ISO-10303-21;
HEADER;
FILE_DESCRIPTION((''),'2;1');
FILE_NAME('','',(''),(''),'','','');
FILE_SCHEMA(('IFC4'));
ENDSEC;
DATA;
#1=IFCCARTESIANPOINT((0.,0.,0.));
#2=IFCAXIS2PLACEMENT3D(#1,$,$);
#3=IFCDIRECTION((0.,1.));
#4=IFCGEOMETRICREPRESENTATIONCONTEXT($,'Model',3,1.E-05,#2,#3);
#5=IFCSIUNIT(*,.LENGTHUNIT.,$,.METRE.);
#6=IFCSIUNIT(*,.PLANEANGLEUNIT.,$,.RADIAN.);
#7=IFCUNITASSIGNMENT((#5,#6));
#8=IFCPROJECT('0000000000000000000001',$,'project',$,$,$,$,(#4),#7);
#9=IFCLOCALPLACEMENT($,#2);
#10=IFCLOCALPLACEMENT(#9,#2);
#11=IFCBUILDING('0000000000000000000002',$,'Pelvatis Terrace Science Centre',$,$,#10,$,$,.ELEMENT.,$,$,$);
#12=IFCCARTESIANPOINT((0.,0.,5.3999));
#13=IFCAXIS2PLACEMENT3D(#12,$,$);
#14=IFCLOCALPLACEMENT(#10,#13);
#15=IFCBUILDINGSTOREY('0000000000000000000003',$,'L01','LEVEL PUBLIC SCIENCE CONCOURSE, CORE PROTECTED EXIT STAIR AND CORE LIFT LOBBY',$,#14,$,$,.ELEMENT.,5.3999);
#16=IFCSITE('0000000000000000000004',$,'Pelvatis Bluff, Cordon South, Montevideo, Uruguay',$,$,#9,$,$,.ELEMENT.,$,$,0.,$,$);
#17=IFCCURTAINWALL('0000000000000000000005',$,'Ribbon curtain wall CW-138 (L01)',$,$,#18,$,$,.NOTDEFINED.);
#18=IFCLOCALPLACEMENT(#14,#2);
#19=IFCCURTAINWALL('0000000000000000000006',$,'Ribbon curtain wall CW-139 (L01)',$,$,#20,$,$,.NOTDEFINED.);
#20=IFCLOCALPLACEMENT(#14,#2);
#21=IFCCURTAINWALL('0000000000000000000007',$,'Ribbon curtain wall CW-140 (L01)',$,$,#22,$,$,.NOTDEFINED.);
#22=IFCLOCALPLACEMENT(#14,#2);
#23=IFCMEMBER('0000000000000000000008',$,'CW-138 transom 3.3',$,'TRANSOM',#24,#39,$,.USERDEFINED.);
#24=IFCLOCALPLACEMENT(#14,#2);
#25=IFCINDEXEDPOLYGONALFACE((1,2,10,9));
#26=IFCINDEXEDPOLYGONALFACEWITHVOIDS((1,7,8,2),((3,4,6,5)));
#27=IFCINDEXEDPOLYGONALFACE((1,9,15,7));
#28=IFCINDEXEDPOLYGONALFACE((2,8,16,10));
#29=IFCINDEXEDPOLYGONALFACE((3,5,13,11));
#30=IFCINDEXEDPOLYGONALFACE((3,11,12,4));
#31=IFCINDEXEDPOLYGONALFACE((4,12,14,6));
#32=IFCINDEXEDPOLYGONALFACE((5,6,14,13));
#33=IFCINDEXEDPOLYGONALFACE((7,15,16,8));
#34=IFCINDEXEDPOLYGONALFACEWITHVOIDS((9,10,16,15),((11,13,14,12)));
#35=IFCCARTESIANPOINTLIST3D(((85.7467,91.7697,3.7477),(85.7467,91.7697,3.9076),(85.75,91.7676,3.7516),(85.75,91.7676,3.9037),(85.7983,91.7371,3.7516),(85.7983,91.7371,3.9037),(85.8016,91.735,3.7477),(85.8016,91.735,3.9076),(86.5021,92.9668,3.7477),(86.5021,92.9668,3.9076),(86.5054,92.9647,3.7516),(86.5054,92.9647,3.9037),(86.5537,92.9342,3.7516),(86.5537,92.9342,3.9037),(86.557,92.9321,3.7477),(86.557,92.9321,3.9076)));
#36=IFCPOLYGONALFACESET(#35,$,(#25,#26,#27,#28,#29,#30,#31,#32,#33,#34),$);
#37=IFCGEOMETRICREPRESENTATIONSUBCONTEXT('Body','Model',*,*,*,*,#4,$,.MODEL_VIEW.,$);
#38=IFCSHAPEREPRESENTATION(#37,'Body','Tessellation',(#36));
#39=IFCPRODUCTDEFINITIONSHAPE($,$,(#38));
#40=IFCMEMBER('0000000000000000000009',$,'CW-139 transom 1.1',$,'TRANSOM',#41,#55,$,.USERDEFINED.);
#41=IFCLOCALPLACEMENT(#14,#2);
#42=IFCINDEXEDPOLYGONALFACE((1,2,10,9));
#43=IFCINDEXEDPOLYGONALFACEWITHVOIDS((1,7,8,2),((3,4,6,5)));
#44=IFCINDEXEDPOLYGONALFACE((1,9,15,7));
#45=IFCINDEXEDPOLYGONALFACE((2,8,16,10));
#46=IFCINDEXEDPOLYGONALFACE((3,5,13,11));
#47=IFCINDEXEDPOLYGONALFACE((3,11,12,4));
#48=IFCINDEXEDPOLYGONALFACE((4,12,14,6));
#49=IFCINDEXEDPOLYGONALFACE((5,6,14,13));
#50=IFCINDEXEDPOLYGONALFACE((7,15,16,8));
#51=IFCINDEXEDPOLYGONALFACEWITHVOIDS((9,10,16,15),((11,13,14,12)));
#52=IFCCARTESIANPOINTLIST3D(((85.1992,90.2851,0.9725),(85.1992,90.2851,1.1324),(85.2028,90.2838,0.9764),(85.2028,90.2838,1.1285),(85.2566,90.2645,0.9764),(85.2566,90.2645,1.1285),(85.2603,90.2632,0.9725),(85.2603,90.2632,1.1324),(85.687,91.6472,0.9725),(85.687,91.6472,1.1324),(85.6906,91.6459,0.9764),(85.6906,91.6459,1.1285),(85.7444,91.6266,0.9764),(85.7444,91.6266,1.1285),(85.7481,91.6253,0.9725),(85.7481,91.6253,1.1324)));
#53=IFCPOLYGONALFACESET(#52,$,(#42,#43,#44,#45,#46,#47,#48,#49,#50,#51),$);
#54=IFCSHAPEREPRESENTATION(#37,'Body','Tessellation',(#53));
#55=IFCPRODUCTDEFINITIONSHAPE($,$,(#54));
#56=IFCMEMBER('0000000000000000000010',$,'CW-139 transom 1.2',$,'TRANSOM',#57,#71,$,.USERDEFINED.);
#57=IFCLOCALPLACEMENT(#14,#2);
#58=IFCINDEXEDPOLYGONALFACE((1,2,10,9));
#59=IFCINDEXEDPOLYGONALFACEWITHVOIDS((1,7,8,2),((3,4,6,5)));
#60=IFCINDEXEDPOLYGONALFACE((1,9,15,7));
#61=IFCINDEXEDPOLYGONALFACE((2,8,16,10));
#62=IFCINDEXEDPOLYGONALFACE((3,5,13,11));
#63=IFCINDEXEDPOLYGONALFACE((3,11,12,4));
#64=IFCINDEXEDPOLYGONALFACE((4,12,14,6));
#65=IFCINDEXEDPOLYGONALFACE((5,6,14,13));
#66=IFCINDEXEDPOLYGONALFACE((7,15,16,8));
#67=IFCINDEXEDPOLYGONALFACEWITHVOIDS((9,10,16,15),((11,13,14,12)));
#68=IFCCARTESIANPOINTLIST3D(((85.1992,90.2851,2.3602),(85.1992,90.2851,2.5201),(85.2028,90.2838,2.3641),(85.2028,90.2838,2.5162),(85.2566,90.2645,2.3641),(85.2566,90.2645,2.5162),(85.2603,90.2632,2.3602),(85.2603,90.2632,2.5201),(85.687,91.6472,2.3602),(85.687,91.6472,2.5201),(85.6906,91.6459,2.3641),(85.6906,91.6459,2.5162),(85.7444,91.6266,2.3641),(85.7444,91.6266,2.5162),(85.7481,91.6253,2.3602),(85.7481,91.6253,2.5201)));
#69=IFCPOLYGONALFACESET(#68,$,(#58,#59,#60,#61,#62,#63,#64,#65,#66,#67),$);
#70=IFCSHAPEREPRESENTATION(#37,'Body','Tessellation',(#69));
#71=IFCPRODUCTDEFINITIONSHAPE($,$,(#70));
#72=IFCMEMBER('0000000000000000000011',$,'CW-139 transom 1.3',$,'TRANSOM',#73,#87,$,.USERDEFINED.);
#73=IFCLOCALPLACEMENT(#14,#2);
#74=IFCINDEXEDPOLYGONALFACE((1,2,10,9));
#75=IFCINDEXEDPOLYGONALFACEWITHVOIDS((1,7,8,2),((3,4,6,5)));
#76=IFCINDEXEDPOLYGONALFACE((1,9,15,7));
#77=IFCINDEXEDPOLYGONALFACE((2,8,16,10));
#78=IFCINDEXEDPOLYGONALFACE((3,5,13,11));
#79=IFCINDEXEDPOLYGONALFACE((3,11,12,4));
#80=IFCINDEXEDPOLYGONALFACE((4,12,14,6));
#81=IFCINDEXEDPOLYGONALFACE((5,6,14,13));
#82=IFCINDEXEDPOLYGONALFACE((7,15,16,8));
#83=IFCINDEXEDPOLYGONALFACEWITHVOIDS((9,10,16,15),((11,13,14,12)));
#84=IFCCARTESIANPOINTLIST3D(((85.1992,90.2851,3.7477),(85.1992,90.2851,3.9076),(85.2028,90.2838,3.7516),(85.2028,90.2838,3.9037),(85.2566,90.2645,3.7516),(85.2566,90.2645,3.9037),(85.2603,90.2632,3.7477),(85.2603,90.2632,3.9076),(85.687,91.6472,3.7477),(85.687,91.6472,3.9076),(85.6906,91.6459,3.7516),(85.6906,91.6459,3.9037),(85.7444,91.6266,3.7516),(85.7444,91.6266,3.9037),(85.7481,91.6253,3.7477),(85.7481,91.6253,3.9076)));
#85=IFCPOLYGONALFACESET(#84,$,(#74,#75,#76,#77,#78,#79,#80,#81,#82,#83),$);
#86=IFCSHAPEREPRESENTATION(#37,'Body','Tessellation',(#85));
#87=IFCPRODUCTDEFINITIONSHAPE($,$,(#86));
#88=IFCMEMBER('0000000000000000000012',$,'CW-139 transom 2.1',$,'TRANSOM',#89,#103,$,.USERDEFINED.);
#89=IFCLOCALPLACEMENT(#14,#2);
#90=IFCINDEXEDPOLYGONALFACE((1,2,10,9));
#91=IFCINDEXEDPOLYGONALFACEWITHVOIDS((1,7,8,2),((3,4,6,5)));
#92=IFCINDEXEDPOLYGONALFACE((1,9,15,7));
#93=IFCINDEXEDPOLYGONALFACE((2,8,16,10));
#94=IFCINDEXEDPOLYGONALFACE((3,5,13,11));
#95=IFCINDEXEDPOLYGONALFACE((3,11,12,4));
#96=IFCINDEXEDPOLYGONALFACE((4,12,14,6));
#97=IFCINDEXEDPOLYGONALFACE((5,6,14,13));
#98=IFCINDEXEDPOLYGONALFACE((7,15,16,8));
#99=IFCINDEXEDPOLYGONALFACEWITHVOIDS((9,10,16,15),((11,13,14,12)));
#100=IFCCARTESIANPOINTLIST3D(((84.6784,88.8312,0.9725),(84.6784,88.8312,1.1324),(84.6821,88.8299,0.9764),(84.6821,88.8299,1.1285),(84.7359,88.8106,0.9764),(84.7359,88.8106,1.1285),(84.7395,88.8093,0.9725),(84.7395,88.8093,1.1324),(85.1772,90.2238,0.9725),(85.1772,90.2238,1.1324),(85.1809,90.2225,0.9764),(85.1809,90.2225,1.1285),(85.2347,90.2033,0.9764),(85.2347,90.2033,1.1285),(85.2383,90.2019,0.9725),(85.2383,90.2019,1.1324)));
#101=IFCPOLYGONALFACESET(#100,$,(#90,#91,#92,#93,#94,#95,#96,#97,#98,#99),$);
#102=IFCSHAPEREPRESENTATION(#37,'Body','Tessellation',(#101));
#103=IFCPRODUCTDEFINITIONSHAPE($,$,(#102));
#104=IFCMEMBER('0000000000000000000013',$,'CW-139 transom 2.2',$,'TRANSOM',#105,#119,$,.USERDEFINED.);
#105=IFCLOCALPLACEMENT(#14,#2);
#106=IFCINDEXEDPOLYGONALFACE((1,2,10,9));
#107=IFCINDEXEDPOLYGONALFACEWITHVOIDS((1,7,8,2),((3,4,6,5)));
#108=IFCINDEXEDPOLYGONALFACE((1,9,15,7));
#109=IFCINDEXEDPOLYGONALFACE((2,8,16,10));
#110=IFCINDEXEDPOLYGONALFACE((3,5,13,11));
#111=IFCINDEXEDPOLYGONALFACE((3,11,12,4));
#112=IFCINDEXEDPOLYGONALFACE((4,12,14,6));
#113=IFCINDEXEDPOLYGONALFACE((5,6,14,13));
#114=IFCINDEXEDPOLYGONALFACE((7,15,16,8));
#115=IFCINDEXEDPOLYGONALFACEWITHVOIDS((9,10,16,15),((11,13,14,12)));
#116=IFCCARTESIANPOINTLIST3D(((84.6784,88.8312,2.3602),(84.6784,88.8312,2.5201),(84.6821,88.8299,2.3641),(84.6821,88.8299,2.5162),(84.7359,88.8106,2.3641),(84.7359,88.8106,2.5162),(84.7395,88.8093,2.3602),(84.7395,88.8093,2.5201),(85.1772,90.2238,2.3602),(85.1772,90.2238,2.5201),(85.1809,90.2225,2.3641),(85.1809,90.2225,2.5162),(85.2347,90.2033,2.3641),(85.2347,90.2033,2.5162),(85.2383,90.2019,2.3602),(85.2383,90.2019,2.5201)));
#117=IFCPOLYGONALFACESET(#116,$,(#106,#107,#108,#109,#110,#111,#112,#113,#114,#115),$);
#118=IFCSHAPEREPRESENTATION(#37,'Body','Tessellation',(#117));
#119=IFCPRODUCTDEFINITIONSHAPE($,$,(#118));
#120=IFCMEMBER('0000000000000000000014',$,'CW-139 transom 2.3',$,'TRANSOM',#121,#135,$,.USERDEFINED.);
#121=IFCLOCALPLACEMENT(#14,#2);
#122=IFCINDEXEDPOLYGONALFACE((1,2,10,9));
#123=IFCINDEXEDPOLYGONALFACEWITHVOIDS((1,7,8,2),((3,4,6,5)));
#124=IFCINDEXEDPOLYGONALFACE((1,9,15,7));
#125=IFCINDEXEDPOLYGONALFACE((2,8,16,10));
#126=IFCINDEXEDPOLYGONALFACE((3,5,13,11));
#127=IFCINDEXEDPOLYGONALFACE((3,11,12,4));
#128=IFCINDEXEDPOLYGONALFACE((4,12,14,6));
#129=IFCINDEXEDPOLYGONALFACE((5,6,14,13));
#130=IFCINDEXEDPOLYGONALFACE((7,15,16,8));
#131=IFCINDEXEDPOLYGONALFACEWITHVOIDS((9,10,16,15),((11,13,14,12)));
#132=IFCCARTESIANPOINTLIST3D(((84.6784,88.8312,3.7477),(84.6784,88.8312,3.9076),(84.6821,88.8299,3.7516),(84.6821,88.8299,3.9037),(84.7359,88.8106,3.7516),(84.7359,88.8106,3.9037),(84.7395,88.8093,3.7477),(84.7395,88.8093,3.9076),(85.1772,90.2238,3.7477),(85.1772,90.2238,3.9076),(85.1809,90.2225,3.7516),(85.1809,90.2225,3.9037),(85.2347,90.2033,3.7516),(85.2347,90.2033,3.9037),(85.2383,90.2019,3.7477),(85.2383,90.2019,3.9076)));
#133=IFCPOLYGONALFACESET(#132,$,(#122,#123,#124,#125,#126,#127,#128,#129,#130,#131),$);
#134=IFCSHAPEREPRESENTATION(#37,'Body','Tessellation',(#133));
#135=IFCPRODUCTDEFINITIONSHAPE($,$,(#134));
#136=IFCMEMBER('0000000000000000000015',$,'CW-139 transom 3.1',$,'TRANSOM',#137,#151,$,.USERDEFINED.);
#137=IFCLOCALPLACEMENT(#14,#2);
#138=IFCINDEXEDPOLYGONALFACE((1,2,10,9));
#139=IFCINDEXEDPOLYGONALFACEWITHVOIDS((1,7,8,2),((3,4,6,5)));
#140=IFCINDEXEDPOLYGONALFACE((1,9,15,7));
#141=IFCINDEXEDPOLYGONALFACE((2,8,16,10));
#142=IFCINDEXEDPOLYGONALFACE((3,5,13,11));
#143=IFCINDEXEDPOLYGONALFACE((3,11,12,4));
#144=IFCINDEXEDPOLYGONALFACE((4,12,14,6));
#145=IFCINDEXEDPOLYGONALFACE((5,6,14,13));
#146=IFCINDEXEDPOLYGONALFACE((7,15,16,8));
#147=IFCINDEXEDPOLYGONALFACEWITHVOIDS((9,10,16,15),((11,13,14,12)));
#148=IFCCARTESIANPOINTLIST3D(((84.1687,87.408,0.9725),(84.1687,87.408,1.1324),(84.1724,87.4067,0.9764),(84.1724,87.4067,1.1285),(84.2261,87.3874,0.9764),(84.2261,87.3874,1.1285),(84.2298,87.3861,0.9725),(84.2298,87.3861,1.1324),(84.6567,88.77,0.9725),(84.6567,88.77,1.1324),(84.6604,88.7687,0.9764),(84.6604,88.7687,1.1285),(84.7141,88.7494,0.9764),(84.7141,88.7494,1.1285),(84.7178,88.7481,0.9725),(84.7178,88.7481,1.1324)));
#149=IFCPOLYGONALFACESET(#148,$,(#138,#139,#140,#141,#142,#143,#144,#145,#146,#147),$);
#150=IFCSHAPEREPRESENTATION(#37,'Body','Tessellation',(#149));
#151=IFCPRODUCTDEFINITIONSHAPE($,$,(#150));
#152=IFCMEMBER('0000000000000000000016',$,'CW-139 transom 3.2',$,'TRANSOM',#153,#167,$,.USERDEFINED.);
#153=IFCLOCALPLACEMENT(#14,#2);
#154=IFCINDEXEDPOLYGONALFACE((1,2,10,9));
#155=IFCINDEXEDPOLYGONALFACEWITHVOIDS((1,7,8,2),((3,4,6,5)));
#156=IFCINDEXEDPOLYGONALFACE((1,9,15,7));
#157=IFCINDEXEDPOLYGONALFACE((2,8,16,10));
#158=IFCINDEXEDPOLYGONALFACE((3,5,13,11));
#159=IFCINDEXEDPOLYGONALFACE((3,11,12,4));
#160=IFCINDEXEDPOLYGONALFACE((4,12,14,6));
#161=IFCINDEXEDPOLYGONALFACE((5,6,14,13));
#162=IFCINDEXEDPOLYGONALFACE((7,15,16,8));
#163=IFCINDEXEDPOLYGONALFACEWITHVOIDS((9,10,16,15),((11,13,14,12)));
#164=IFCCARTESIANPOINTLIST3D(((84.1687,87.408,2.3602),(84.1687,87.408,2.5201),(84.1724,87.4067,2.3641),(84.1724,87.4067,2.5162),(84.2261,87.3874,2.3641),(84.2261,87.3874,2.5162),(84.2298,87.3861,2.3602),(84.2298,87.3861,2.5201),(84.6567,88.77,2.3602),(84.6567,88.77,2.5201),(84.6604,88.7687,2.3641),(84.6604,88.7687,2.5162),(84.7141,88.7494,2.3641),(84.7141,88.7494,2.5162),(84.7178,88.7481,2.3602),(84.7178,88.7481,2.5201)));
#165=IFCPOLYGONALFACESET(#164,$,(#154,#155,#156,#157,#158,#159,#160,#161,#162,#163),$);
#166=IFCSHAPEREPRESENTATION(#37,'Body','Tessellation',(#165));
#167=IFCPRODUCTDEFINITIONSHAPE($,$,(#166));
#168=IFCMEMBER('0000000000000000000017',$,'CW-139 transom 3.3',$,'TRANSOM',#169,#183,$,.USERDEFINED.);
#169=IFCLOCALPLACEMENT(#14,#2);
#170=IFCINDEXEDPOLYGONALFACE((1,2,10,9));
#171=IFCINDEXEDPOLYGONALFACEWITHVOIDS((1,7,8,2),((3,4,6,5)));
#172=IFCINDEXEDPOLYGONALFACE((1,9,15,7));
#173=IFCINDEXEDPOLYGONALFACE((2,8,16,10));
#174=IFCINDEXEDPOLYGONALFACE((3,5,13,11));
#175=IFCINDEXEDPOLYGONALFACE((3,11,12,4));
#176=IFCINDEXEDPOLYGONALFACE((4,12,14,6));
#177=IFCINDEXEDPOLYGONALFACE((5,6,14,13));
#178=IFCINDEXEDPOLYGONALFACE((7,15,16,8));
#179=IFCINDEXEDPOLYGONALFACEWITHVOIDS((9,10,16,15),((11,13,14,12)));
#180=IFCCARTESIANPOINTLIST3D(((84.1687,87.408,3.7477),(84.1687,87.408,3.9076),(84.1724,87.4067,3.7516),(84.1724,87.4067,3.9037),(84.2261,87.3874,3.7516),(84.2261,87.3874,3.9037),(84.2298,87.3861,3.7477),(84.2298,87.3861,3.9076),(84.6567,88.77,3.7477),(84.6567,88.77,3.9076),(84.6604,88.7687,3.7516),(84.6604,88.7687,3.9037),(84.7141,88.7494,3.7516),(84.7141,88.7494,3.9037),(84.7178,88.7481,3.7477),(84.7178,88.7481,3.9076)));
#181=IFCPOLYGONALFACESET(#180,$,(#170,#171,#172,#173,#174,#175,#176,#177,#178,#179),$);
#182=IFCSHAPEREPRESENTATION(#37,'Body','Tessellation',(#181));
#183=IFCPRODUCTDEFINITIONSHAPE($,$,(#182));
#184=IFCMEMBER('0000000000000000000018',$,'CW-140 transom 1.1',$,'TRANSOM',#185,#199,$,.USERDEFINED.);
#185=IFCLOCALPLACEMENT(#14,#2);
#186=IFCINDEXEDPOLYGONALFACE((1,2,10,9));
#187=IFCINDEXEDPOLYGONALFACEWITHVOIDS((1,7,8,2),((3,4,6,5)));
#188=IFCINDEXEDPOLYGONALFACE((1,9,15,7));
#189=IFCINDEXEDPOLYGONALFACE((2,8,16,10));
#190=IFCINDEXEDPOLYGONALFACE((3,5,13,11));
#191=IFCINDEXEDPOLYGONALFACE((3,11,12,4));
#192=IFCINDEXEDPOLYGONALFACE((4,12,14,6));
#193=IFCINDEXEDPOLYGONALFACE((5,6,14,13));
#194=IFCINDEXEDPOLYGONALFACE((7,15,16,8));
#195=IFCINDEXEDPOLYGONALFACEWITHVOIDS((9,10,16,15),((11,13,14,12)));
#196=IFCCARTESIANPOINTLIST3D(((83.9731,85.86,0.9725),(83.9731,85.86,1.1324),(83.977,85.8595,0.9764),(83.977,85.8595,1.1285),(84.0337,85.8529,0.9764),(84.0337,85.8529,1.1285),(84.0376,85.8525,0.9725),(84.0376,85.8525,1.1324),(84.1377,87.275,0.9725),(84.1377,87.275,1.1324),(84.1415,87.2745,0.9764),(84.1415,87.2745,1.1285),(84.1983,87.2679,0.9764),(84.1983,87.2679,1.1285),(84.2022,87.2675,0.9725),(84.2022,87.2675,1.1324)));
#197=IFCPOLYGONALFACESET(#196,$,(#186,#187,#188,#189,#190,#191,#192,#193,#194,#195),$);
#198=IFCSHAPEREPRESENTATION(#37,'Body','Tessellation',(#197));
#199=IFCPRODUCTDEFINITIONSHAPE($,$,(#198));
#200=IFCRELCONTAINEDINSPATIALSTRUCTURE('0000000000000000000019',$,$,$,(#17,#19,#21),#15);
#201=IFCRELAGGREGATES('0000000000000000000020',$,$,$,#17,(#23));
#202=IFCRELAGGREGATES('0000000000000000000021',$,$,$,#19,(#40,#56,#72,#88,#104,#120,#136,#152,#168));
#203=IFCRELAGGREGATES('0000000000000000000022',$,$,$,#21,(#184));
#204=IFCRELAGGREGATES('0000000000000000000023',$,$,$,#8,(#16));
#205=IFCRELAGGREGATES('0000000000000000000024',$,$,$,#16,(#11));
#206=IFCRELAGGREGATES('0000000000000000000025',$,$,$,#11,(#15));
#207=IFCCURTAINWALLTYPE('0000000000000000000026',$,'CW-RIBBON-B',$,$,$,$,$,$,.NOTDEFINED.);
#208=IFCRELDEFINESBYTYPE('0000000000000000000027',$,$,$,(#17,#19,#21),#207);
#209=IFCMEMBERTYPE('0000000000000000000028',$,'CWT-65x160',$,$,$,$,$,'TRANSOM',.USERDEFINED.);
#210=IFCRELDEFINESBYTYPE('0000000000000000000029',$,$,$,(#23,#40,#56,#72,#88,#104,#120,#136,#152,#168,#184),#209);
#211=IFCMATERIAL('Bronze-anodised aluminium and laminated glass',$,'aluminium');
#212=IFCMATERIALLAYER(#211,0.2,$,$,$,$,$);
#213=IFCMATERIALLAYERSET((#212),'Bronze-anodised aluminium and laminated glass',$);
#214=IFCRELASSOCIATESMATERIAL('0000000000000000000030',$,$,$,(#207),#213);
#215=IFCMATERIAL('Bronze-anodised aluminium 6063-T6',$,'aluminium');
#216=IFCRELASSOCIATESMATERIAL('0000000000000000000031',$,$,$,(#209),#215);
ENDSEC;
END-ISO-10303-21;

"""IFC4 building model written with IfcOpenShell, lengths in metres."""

from ifc_helpers import new_model, si_unit, direction, frame, origin, origin_2d, place, context, subcontext, project, spatial, hollow_rectangle, extrude, material, layer, layer_set, material_profile, profile_set, type_object, element, aggregate, save


model = new_model("IFC4")

# Units and contexts
model_context = context("Model", 3, precision=1e-05, world=origin(), true_north=direction((0.0, 1.0)))
body_context = subcontext(model_context, "Body", "Model", "MODEL_VIEW")
ifc_project = project(units=[si_unit("LENGTHUNIT", "METRE"), si_unit("PLANEANGLEUNIT", "RADIAN")], contexts=[model_context])

# Site, building, storey
site_placement = place(None, origin())
site = spatial("IfcSite", under=ifc_project, at=site_placement, Name="Pelvatis Bluff, Cordon South, Montevideo, Uruguay", CompositionType="ELEMENT", RefElevation=0.0)
building_placement = place(site_placement, origin())
building = spatial("IfcBuilding", under=site, at=building_placement, Name="Pelvatis Terrace Science Centre", CompositionType="ELEMENT")
storey_placement = place(building_placement, frame((0.0, 0.0, 5.3999)))
storey = spatial("IfcBuildingStorey", under=building, at=storey_placement, Name="L01", Description="LEVEL PUBLIC SCIENCE CONCOURSE, CORE PROTECTED EXIT STAIR AND CORE LIFT LOBBY", CompositionType="ELEMENT", Elevation=5.3999)

# Curtain walls
ifc_material_1 = material(Name="Bronze-anodised aluminium and laminated glass", Category="aluminium")
ifc_layer_1 = layer(ifc_material_1, 0.2)
ifc_layer_set_1 = layer_set([ifc_layer_1], Name="Bronze-anodised aluminium and laminated glass")
curtain_wall_type = type_object("IfcCurtainWallType", Name="CW-RIBBON-B", PredefinedType="NOTDEFINED", material=ifc_layer_set_1)
curtain_wall_1_placement = place(storey_placement, origin())
curtain_wall_1 = element("IfcCurtainWall", 1, at=curtain_wall_1_placement, inside=storey, type_object=curtain_wall_type, Name="Ribbon curtain wall CW-138 (L01)", PredefinedType="NOTDEFINED")
curtain_wall_2_placement = place(storey_placement, origin())
curtain_wall_2 = element("IfcCurtainWall", 2, at=curtain_wall_2_placement, inside=storey, type_object=curtain_wall_type, Name="Ribbon curtain wall CW-139 (L01)", PredefinedType="NOTDEFINED")

# Curtain wall
curtain_wall_3_placement = place(storey_placement, origin())
curtain_wall_3 = element("IfcCurtainWall", 3, at=curtain_wall_3_placement, inside=storey, type_object=curtain_wall_type, Name="Ribbon curtain wall CW-140 (L01)", PredefinedType="NOTDEFINED")

# Members
ifc_material_2 = material(Name="Bronze-anodised aluminium 6063-T6", Category="aluminium")
ifc_material_profile_1 = material_profile(ifc_material_2, hollow_rectangle(XDim=0.0649, YDim=0.1599, WallThickness=0.0039, at=origin_2d()), Name="ALU-TRN 65x160")
ifc_profile_set_1 = profile_set([ifc_material_profile_1], Name="Bronze-anodised aluminium 6063-T6")
member_type_1 = type_object("IfcMemberType", Name="CWT-65x160", ElementType="TRANSOM", PredefinedType="USERDEFINED", material=ifc_profile_set_1)
member_1_placement = place(storey_placement, frame((86.5295, 92.9495, 3.8276), z_axis=(-0.533668, -0.845694, 0.0), x_axis=(0.845694, -0.533668, 0.0)))
member_1 = element("IfcMember", 4, at=member_1_placement, type_object=member_type_1, Name="CW-138 transom 3.3", ObjectType="TRANSOM", PredefinedType="USERDEFINED", context=body_context, shape_type="SweptSolid", body=[
    extrude(hollow_rectangle(XDim=0.0649, YDim=0.1599, WallThickness=0.0039, at=origin_2d()), origin(), (0.0, 0.0, 1.0), 1.4155),
])
member_2_placement = place(storey_placement, frame((85.7175, 91.6362, 1.0525), z_axis=(-0.337159, -0.941448, 0.0), x_axis=(0.941448, -0.337159, 0.0)))
member_2 = element("IfcMember", 5, at=member_2_placement, type_object=member_type_1, Name="CW-139 transom 1.1", ObjectType="TRANSOM", PredefinedType="USERDEFINED", context=body_context, shape_type="SweptSolid", body=[
    extrude(hollow_rectangle(XDim=0.0649, YDim=0.1599, WallThickness=0.0039, at=origin_2d()), origin(), (0.0, 0.0, 1.0), 1.4468),
])
member_3_placement = place(storey_placement, frame((85.7175, 91.6362, 2.4402), z_axis=(-0.337159, -0.941448, 0.0), x_axis=(0.941448, -0.337159, 0.0)))
member_3 = element("IfcMember", 6, at=member_3_placement, type_object=member_type_1, Name="CW-139 transom 1.2", ObjectType="TRANSOM", PredefinedType="USERDEFINED", context=body_context, shape_type="SweptSolid", body=[
    extrude(hollow_rectangle(XDim=0.0649, YDim=0.1599, WallThickness=0.0039, at=origin_2d()), origin(), (0.0, 0.0, 1.0), 1.4468),
])
member_4_placement = place(storey_placement, frame((85.7175, 91.6362, 3.8276), z_axis=(-0.337159, -0.941448, 0.0), x_axis=(0.941448, -0.337159, 0.0)))
member_4 = element("IfcMember", 7, at=member_4_placement, type_object=member_type_1, Name="CW-139 transom 1.3", ObjectType="TRANSOM", PredefinedType="USERDEFINED", context=body_context, shape_type="SweptSolid", body=[
    extrude(hollow_rectangle(XDim=0.0649, YDim=0.1599, WallThickness=0.0039, at=origin_2d()), origin(), (0.0, 0.0, 1.0), 1.4468),
])
member_5_placement = place(storey_placement, frame((85.2078, 90.2129, 1.0525), z_axis=(-0.337194, -0.941435, 0.0), x_axis=(0.941435, -0.337194, 0.0)))
member_5 = element("IfcMember", 8, at=member_5_placement, type_object=member_type_1, Name="CW-139 transom 2.1", ObjectType="TRANSOM", PredefinedType="USERDEFINED", context=body_context, shape_type="SweptSolid", body=[
    extrude(hollow_rectangle(XDim=0.0649, YDim=0.1599, WallThickness=0.0039, at=origin_2d()), origin(), (0.0, 0.0, 1.0), 1.4792),
])
member_6_placement = place(storey_placement, frame((85.2078, 90.2129, 2.4402), z_axis=(-0.337194, -0.941435, 0.0), x_axis=(0.941435, -0.337194, 0.0)))
member_6 = element("IfcMember", 9, at=member_6_placement, type_object=member_type_1, Name="CW-139 transom 2.2", ObjectType="TRANSOM", PredefinedType="USERDEFINED", context=body_context, shape_type="SweptSolid", body=[
    extrude(hollow_rectangle(XDim=0.0649, YDim=0.1599, WallThickness=0.0039, at=origin_2d()), origin(), (0.0, 0.0, 1.0), 1.4792),
])
member_7_placement = place(storey_placement, frame((85.2078, 90.2129, 3.8276), z_axis=(-0.337194, -0.941435, 0.0), x_axis=(0.941435, -0.337194, 0.0)))
member_7 = element("IfcMember", 10, at=member_7_placement, type_object=member_type_1, Name="CW-139 transom 2.3", ObjectType="TRANSOM", PredefinedType="USERDEFINED", context=body_context, shape_type="SweptSolid", body=[
    extrude(hollow_rectangle(XDim=0.0649, YDim=0.1599, WallThickness=0.0039, at=origin_2d()), origin(), (0.0, 0.0, 1.0), 1.4792),
])
member_8_placement = place(storey_placement, frame((84.6873, 88.759, 1.0525), z_axis=(-0.337309, -0.941394, 0.0), x_axis=(0.941394, -0.337309, 0.0)))
member_8 = element("IfcMember", 11, at=member_8_placement, type_object=member_type_1, Name="CW-139 transom 3.1", ObjectType="TRANSOM", PredefinedType="USERDEFINED", context=body_context, shape_type="SweptSolid", body=[
    extrude(hollow_rectangle(XDim=0.0649, YDim=0.1599, WallThickness=0.0039, at=origin_2d()), origin(), (0.0, 0.0, 1.0), 1.4468),
])
member_9_placement = place(storey_placement, frame((84.6873, 88.759, 2.4402), z_axis=(-0.337309, -0.941394, 0.0), x_axis=(0.941394, -0.337309, 0.0)))
member_9 = element("IfcMember", 12, at=member_9_placement, type_object=member_type_1, Name="CW-139 transom 3.2", ObjectType="TRANSOM", PredefinedType="USERDEFINED", context=body_context, shape_type="SweptSolid", body=[
    extrude(hollow_rectangle(XDim=0.0649, YDim=0.1599, WallThickness=0.0039, at=origin_2d()), origin(), (0.0, 0.0, 1.0), 1.4468),
])
member_10_placement = place(storey_placement, frame((84.6873, 88.759, 3.8276), z_axis=(-0.337309, -0.941394, 0.0), x_axis=(0.941394, -0.337309, 0.0)))
member_10 = element("IfcMember", 13, at=member_10_placement, type_object=member_type_1, Name="CW-139 transom 3.3", ObjectType="TRANSOM", PredefinedType="USERDEFINED", context=body_context, shape_type="SweptSolid", body=[
    extrude(hollow_rectangle(XDim=0.0649, YDim=0.1599, WallThickness=0.0039, at=origin_2d()), origin(), (0.0, 0.0, 1.0), 1.4468),
])
member_11_placement = place(storey_placement, frame((84.1699, 87.2712, 1.0525), z_axis=(-0.115509, -0.993306, 0.0), x_axis=(0.993306, -0.115509, 0.0)))
member_11 = element("IfcMember", 14, at=member_11_placement, type_object=member_type_1, Name="CW-140 transom 1.1", ObjectType="TRANSOM", PredefinedType="USERDEFINED", context=body_context, shape_type="SweptSolid", body=[
    extrude(hollow_rectangle(XDim=0.0649, YDim=0.1599, WallThickness=0.0039, at=origin_2d()), origin(), (0.0, 0.0, 1.0), 1.4246),
])

aggregate(curtain_wall_1, [member_1])
aggregate(curtain_wall_2, [member_2, member_3, member_4, member_5, member_6, member_7, member_8, member_9, member_10])
aggregate(curtain_wall_3, [member_11])

save(model, "model.ifc")
